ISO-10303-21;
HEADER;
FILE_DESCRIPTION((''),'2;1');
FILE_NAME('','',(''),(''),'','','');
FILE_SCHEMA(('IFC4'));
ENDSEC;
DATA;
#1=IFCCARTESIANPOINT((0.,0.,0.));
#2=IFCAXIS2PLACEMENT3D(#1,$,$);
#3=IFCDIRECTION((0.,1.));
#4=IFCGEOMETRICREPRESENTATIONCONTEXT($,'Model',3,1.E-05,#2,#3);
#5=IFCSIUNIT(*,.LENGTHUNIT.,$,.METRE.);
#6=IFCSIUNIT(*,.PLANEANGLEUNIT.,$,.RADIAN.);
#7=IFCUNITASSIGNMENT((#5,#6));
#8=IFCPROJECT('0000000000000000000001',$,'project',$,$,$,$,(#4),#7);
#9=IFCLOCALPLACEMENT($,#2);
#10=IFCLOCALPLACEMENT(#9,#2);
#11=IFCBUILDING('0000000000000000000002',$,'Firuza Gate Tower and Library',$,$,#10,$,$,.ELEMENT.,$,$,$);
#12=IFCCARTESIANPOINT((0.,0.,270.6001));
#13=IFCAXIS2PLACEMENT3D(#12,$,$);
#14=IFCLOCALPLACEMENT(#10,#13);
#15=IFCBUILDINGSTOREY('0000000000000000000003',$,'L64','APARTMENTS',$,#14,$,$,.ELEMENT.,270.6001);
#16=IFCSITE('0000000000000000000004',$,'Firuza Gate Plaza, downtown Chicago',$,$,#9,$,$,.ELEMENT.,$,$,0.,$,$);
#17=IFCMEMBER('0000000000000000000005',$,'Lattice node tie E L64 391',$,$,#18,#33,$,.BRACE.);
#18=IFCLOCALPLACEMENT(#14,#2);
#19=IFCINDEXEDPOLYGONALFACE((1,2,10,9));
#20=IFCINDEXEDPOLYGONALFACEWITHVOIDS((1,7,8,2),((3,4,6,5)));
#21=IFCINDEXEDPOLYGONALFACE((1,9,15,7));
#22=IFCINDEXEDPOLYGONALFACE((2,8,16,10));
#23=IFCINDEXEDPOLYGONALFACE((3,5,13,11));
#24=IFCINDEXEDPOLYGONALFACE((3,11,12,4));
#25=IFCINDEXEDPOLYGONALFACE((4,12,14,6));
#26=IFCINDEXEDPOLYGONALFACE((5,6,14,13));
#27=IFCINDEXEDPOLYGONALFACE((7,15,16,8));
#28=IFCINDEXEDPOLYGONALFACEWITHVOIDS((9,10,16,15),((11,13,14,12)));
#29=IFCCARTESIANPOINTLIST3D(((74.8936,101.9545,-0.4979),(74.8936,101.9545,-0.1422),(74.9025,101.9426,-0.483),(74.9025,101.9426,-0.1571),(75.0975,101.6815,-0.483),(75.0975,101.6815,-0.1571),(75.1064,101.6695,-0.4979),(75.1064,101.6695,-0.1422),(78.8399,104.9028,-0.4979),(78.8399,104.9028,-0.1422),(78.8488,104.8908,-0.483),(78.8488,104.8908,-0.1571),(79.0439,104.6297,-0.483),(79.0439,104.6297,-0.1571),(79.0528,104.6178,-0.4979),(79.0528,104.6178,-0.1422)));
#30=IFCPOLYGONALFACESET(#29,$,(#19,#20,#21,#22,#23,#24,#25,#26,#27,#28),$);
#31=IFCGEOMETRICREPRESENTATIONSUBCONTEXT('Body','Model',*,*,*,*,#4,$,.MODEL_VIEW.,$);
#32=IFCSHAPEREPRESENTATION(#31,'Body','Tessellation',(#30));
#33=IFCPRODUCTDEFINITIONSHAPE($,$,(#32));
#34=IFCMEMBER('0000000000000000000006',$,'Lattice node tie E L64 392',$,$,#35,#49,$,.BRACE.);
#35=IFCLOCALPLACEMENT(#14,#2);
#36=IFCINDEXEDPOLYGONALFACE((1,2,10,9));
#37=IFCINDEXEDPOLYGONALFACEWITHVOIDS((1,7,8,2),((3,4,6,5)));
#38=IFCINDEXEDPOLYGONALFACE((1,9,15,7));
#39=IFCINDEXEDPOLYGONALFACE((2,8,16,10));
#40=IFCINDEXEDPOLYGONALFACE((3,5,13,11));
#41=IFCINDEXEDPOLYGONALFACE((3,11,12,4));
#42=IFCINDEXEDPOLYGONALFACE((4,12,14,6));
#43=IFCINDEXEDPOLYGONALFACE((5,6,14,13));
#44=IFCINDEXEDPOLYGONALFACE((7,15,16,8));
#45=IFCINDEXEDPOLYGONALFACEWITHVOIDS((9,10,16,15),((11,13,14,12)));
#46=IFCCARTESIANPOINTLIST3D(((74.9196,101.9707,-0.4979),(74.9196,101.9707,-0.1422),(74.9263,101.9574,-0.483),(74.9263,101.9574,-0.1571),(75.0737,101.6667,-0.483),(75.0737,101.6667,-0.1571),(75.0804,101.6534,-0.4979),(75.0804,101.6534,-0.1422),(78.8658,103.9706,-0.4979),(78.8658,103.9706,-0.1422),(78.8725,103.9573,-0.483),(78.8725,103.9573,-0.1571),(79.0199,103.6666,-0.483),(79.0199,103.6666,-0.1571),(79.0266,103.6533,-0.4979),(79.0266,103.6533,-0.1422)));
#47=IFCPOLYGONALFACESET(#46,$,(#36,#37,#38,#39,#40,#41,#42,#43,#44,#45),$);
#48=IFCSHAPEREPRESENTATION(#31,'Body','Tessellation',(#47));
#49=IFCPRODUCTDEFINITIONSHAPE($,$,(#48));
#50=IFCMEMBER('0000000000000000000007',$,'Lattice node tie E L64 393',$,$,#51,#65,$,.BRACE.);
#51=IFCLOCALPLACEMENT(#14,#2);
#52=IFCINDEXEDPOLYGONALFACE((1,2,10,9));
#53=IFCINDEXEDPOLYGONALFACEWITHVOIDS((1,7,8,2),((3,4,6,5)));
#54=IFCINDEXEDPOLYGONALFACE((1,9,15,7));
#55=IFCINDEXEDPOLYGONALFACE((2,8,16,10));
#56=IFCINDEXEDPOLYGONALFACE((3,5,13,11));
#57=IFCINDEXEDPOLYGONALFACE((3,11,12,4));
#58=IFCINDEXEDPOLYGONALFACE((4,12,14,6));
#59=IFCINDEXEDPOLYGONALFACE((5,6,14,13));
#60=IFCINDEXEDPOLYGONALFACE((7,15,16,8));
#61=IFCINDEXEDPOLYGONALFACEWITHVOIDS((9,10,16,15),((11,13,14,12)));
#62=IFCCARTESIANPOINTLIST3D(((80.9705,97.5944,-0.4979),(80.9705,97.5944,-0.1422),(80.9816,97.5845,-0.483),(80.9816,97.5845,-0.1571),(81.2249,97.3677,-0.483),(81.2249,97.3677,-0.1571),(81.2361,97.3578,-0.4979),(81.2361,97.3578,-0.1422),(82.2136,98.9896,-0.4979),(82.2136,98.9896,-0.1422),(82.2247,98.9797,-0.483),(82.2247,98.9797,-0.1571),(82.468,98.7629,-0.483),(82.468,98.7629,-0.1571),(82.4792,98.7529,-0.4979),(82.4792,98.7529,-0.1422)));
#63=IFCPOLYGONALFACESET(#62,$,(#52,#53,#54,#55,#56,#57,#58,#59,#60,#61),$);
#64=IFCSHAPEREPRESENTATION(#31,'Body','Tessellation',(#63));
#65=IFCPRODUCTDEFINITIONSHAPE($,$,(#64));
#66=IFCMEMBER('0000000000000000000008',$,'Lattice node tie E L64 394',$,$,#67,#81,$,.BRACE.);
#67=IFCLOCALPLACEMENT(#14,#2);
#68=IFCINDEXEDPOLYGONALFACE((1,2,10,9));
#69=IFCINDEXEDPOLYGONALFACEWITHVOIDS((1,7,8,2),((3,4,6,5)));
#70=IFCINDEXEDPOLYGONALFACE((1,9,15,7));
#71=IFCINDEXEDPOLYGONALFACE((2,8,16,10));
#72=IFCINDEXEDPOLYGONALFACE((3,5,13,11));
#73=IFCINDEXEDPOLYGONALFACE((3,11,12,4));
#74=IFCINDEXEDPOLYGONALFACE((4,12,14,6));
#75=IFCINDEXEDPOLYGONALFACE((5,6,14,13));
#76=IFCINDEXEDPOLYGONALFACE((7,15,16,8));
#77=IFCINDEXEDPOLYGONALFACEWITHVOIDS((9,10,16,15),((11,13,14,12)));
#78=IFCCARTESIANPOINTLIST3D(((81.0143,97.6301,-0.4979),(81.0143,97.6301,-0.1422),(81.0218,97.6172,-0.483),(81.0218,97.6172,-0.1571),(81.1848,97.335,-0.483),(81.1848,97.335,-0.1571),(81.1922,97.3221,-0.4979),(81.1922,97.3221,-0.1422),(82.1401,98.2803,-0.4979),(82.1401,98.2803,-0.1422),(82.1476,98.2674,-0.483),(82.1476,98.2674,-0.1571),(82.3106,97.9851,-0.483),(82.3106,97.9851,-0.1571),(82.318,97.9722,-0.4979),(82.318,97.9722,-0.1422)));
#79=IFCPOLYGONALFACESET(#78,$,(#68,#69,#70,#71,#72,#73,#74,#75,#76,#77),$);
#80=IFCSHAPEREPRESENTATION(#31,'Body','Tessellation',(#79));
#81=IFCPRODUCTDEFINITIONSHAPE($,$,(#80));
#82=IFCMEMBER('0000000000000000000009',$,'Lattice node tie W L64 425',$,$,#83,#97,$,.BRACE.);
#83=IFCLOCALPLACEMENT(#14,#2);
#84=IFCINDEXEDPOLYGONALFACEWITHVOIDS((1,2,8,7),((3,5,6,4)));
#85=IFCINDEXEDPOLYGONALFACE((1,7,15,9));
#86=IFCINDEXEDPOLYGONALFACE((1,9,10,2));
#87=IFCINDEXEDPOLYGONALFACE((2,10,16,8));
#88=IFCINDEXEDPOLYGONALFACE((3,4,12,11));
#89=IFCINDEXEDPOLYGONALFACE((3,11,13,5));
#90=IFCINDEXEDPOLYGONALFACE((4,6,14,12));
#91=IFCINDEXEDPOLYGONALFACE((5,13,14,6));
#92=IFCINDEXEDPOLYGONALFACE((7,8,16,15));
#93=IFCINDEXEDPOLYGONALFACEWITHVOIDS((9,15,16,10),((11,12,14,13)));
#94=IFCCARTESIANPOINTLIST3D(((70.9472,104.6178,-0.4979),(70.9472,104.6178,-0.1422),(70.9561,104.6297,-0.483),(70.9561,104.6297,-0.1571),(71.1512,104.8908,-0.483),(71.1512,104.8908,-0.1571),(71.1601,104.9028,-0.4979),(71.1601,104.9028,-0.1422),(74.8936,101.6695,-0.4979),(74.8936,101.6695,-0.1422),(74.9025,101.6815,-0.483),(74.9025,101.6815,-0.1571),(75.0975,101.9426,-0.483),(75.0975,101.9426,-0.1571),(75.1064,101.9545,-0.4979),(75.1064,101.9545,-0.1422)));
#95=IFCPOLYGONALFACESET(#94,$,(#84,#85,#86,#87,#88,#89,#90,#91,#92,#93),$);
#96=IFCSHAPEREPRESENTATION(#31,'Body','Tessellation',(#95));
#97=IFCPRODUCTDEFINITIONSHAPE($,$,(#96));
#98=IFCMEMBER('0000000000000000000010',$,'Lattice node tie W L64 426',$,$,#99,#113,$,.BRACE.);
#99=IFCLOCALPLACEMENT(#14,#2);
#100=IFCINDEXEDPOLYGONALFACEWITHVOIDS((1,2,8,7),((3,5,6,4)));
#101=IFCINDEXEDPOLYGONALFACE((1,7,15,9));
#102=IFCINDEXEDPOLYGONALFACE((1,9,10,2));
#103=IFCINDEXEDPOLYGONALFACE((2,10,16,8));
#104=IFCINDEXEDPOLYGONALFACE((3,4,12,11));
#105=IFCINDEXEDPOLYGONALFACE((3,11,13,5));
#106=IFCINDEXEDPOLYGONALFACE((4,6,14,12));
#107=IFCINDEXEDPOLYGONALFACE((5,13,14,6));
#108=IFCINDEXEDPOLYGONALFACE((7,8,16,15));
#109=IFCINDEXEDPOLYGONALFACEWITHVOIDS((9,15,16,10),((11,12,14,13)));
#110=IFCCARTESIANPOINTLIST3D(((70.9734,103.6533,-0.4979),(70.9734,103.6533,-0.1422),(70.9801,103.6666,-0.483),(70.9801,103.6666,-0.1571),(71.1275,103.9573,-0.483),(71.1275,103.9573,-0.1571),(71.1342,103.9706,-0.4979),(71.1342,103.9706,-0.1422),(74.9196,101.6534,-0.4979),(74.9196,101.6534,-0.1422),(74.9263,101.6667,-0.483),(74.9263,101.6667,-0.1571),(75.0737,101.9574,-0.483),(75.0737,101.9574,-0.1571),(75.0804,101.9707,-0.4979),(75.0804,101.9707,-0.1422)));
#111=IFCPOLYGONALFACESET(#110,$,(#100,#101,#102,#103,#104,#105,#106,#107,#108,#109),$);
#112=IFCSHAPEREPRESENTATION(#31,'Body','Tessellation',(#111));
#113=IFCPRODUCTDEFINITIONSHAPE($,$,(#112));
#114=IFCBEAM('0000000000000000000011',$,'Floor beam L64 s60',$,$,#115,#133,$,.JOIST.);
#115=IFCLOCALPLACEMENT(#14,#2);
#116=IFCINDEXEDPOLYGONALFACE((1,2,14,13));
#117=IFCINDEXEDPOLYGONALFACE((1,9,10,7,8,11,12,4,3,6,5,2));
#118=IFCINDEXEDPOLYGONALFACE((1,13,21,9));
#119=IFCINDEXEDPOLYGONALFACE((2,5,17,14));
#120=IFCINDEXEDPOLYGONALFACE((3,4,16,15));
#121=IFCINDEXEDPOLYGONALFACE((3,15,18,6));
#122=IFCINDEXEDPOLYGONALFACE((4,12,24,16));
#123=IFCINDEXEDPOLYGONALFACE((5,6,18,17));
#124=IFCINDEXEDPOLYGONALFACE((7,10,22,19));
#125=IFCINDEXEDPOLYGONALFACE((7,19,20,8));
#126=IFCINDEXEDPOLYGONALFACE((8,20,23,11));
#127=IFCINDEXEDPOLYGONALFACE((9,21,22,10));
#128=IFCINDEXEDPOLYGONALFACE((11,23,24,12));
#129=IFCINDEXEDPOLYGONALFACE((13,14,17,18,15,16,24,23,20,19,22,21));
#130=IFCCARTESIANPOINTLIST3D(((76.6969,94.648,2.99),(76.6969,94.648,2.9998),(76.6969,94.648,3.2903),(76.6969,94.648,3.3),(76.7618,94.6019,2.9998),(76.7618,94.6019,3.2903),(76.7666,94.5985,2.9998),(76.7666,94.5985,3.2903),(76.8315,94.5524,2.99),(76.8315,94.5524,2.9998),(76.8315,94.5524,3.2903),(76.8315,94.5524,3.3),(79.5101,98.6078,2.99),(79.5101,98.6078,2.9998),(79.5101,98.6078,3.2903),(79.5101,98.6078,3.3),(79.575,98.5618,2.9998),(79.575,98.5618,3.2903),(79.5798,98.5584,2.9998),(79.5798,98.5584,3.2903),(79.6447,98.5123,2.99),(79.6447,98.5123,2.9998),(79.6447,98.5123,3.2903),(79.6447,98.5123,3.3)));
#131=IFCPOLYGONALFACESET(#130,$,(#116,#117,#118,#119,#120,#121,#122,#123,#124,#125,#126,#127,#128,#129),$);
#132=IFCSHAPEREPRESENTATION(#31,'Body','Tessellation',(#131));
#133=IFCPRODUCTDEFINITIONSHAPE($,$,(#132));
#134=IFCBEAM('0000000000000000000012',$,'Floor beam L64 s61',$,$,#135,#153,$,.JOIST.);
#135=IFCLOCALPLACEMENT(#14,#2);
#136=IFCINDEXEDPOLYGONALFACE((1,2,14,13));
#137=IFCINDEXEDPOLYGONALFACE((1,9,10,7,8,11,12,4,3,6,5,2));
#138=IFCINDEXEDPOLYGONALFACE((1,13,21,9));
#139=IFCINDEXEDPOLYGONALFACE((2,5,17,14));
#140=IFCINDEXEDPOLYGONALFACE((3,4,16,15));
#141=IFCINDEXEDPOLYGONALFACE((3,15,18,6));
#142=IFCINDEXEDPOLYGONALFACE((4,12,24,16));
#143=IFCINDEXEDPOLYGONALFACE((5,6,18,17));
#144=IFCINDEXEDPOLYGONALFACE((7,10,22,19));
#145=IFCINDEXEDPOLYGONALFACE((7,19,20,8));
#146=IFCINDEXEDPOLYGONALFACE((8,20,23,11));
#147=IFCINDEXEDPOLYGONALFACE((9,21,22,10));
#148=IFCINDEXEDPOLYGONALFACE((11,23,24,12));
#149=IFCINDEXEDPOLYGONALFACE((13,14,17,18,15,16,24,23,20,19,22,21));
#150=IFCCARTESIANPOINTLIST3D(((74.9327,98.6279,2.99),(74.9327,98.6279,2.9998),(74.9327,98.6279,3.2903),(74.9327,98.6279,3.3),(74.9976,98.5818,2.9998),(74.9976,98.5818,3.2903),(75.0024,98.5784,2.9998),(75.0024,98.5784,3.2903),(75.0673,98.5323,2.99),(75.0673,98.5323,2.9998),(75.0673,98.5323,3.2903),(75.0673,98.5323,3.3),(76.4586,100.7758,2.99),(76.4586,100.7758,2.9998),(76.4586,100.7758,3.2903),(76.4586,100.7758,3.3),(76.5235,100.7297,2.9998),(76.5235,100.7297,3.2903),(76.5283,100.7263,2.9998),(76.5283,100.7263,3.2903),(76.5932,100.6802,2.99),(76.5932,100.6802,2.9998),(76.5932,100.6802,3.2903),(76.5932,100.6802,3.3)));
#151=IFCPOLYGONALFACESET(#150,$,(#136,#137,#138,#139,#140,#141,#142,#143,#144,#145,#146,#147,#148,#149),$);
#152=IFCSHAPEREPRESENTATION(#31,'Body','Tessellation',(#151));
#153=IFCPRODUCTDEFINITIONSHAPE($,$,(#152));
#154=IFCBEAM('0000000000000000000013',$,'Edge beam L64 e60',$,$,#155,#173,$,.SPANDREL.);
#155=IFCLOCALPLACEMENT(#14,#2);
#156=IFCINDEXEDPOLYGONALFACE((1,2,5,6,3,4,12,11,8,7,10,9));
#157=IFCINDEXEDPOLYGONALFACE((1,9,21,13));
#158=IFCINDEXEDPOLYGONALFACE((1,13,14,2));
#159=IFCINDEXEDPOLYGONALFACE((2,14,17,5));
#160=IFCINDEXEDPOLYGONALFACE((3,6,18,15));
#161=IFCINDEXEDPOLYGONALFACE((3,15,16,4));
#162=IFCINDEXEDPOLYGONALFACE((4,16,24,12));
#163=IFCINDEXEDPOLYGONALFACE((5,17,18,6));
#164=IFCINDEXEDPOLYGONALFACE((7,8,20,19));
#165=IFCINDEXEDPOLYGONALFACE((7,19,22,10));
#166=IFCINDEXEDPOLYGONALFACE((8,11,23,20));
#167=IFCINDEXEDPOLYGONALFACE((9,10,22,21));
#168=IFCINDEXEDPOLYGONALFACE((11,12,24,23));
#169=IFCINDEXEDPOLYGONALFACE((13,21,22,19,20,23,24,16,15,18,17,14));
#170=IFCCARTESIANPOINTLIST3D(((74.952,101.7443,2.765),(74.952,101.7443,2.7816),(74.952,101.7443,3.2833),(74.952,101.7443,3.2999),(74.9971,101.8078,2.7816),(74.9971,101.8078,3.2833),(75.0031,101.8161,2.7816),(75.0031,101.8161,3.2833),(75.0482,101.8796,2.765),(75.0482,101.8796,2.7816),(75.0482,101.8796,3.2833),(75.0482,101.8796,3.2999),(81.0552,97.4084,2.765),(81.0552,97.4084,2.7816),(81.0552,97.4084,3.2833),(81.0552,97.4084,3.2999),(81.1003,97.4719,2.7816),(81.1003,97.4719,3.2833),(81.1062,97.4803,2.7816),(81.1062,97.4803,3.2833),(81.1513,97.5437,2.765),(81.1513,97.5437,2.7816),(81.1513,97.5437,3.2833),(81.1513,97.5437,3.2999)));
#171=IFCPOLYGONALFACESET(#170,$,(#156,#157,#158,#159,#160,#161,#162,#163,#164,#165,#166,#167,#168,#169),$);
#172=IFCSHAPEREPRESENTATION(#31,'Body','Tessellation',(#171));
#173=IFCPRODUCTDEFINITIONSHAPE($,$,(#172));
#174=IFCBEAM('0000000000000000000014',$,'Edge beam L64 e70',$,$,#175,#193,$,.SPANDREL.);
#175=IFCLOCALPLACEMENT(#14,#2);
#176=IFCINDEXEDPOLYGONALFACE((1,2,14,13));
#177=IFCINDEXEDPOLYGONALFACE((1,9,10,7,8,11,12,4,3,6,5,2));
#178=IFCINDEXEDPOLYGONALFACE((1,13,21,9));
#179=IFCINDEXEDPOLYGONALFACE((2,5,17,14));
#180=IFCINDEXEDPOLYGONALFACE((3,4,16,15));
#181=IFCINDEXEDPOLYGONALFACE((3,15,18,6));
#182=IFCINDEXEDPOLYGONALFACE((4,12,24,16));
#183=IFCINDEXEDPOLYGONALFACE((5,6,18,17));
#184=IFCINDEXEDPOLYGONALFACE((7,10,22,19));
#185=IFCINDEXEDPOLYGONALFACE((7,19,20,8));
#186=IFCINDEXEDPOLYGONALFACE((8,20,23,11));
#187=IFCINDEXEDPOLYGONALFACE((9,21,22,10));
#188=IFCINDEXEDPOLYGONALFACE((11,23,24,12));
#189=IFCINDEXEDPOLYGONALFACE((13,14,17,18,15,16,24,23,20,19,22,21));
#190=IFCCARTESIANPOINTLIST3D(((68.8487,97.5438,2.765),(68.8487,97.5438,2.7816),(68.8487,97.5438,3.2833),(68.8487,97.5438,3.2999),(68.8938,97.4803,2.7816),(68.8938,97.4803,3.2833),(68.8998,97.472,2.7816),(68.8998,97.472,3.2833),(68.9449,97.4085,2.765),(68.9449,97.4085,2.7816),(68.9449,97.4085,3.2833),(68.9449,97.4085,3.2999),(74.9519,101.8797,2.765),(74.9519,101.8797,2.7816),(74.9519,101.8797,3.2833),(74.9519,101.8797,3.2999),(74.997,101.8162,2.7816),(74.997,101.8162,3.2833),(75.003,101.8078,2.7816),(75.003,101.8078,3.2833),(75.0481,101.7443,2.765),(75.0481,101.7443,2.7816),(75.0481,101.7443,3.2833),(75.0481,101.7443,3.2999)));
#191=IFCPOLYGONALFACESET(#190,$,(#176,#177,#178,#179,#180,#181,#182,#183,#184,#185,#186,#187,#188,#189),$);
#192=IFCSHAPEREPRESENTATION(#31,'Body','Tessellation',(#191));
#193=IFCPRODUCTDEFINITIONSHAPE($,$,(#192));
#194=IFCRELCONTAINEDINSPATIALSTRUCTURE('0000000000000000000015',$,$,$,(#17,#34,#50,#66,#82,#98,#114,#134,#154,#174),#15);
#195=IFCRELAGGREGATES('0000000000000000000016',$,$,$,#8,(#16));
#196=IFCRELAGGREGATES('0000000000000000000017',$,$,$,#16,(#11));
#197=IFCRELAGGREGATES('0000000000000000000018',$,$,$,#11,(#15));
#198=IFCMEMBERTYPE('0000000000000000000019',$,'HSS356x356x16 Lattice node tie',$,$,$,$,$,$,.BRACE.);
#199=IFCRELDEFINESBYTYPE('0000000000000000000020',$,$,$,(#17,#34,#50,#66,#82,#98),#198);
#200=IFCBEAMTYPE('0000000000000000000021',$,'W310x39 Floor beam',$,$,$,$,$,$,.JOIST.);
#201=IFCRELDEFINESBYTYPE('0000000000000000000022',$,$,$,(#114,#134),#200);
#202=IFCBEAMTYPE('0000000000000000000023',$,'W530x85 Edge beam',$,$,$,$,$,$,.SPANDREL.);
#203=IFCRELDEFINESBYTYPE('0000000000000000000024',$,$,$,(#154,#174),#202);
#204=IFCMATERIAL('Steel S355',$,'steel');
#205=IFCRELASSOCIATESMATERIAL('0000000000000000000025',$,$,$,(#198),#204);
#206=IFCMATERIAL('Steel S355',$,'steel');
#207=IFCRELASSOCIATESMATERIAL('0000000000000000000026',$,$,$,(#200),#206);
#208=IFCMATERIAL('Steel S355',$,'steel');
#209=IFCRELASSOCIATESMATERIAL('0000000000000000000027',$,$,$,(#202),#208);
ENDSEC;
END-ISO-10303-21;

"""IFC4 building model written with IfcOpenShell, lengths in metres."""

from ifc_helpers import new_model, si_unit, direction, frame, origin, origin_2d, place, context, subcontext, project, spatial, hollow_rectangle, i_section, extrude, material, material_profile, profile_set, type_object, element, save


model = new_model("IFC4")

# Units and contexts
model_context = context("Model", 3, precision=1e-05, world=origin(), true_north=direction((0.0, 1.0)))
body_context = subcontext(model_context, "Body", "Model", "MODEL_VIEW")
ifc_project = project(units=[si_unit("LENGTHUNIT", "METRE"), si_unit("PLANEANGLEUNIT", "RADIAN")], contexts=[model_context])

# Site, building, storey
site_placement = place(None, origin())
site = spatial("IfcSite", under=ifc_project, at=site_placement, Name="Firuza Gate Plaza, downtown Chicago", CompositionType="ELEMENT", RefElevation=0.0)
building_placement = place(site_placement, origin())
building = spatial("IfcBuilding", under=site, at=building_placement, Name="Firuza Gate Tower and Library", CompositionType="ELEMENT")
storey_placement = place(building_placement, frame((0.0, 0.0, 270.6001)))
storey = spatial("IfcBuildingStorey", under=building, at=storey_placement, Name="L64", Description="APARTMENTS", CompositionType="ELEMENT", Elevation=270.6001)

# Members
ifc_material_1 = material(Name="Steel S355", Category="steel")
ifc_material_profile_1 = material_profile(ifc_material_1, hollow_rectangle(XDim=0.3557, YDim=0.3557, WallThickness=0.0149, at=origin_2d()))
ifc_profile_set_1 = profile_set([ifc_material_profile_1], Name="Steel S355")
member_type_1 = type_object("IfcMemberType", Name="HSS356x356x16 Lattice node tie", PredefinedType="BRACE", material=ifc_profile_set_1)
member_1_placement = place(storey_placement, frame((75.0, 101.812, -0.3201), z_axis=(0.801117, 0.598508, 0.0), x_axis=(-0.598508, 0.801117, 0.0)))
element("IfcMember", 1, at=member_1_placement, inside=storey, type_object=member_type_1, Name="Lattice node tie E L64 391", PredefinedType="BRACE", context=body_context, shape_type="SweptSolid", body=[
    extrude(hollow_rectangle(XDim=0.3557, YDim=0.3557, WallThickness=0.0149, at=origin_2d()), origin(), (0.0, 0.0, 1.0), 4.926),
])
member_2_placement = place(storey_placement, frame((75.0, 101.812, -0.3201), z_axis=(0.891986, 0.452063, 0.0), x_axis=(-0.452063, 0.891986, 0.0)))
element("IfcMember", 2, at=member_2_placement, inside=storey, type_object=member_type_1, Name="Lattice node tie E L64 392", PredefinedType="BRACE", context=body_context, shape_type="SweptSolid", body=[
    extrude(hollow_rectangle(XDim=0.3557, YDim=0.3557, WallThickness=0.0149, at=origin_2d()), origin(), (0.0, 0.0, 1.0), 4.4241),
])
member_3_placement = place(storey_placement, frame((81.1033, 97.4761, -0.3201), z_axis=(0.665239, 0.74663, 0.0), x_axis=(-0.74663, 0.665239, 0.0)))
element("IfcMember", 3, at=member_3_placement, inside=storey, type_object=member_type_1, Name="Lattice node tie E L64 393", PredefinedType="BRACE", context=body_context, shape_type="SweptSolid", body=[
    extrude(hollow_rectangle(XDim=0.3557, YDim=0.3557, WallThickness=0.0149, at=origin_2d()), origin(), (0.0, 0.0, 1.0), 1.8687),
])
member_4_placement = place(storey_placement, frame((81.1033, 97.4761, -0.3201), z_axis=(0.865957, 0.500118, 0.0), x_axis=(-0.500118, 0.865957, 0.0)))
element("IfcMember", 4, at=member_4_placement, inside=storey, type_object=member_type_1, Name="Lattice node tie E L64 394", PredefinedType="BRACE", context=body_context, shape_type="SweptSolid", body=[
    extrude(hollow_rectangle(XDim=0.3557, YDim=0.3557, WallThickness=0.0149, at=origin_2d()), origin(), (0.0, 0.0, 1.0), 1.3),
])
member_5_placement = place(storey_placement, frame((75.0, 101.812, -0.3201), z_axis=(-0.801117, 0.598508, 0.0), x_axis=(-0.598508, -0.801117, 0.0)))
element("IfcMember", 5, at=member_5_placement, inside=storey, type_object=member_type_1, Name="Lattice node tie W L64 425", PredefinedType="BRACE", context=body_context, shape_type="SweptSolid", body=[
    extrude(hollow_rectangle(XDim=0.3557, YDim=0.3557, WallThickness=0.0149, at=origin_2d()), origin(), (0.0, 0.0, 1.0), 4.926),
])
member_6_placement = place(storey_placement, frame((75.0, 101.812, -0.3201), z_axis=(-0.891986, 0.452063, 0.0), x_axis=(-0.452063, -0.891986, 0.0)))
element("IfcMember", 6, at=member_6_placement, inside=storey, type_object=member_type_1, Name="Lattice node tie W L64 426", PredefinedType="BRACE", context=body_context, shape_type="SweptSolid", body=[
    extrude(hollow_rectangle(XDim=0.3557, YDim=0.3557, WallThickness=0.0149, at=origin_2d()), origin(), (0.0, 0.0, 1.0), 4.4241),
])

# Beams
ifc_material_2 = material(Name="Steel S355", Category="steel")
ifc_material_profile_2 = material_profile(ifc_material_2, i_section(OverallWidth=0.165, OverallDepth=0.3101, WebThickness=0.0059, FlangeThickness=0.0098, at=origin_2d()))
ifc_profile_set_2 = profile_set([ifc_material_profile_2], Name="Steel S355")
beam_type_1 = type_object("IfcBeamType", Name="W310x39 Floor beam", PredefinedType="JOIST", material=ifc_profile_set_2)
beam_1_placement = place(storey_placement, frame((79.5774, 98.5601, 3.145), z_axis=(-0.579149, -0.815222, 0.0), x_axis=(0.815222, -0.579149, 0.0)))
element("IfcBeam", 7, at=beam_1_placement, inside=storey, type_object=beam_type_1, Name="Floor beam L64 s60", PredefinedType="JOIST", context=body_context, shape_type="SweptSolid", body=[
    extrude(i_section(OverallWidth=0.165, OverallDepth=0.3101, WebThickness=0.0059, FlangeThickness=0.0098, at=origin_2d()), origin(), (0.0, 0.0, 1.0), 4.8574),
])
beam_2_placement = place(storey_placement, frame((76.5259, 100.728, 3.145), z_axis=(-0.579133, -0.815233, 0.0), x_axis=(0.815233, -0.579133, 0.0)))
element("IfcBeam", 8, at=beam_2_placement, inside=storey, type_object=beam_type_1, Name="Floor beam L64 s61", PredefinedType="JOIST", context=body_context, shape_type="SweptSolid", body=[
    extrude(i_section(OverallWidth=0.165, OverallDepth=0.3101, WebThickness=0.0059, FlangeThickness=0.0098, at=origin_2d()), origin(), (0.0, 0.0, 1.0), 2.6348),
])
ifc_material_3 = material(Name="Steel S355", Category="steel")
ifc_material_profile_3 = material_profile(ifc_material_3, i_section(OverallWidth=0.166, OverallDepth=0.5349, WebThickness=0.0103, FlangeThickness=0.0166, at=origin_2d()))
ifc_profile_set_3 = profile_set([ifc_material_profile_3], Name="Steel S355")
beam_type_2 = type_object("IfcBeamType", Name="W530x85 Edge beam", PredefinedType="SPANDREL", material=ifc_profile_set_3)
for number, where, z_axis, x_axis, name in (
    (9, (81.1033, 97.4761, 3.0325), (-0.815218, 0.579154, 0.0), (-0.579154, -0.815218, 0.0), "Edge beam L64 e60"),
    (10, (75.0, 101.812, 3.0325), (-0.815218, -0.579154, 0.0), (0.579154, -0.815218, 0.0), "Edge beam L64 e70"),
):
    element("IfcBeam", number, at=place(storey_placement, frame(where, z_axis=z_axis, x_axis=x_axis)), inside=storey, type_object=beam_type_2, Name=name, PredefinedType="SPANDREL", context=body_context, shape_type="SweptSolid", body=[
        extrude(i_section(OverallWidth=0.166, OverallDepth=0.5349, WebThickness=0.0103, FlangeThickness=0.0166, at=origin_2d()), origin(), (0.0, 0.0, 1.0), 7.4866),
    ])

save(model, "model.ifc")
